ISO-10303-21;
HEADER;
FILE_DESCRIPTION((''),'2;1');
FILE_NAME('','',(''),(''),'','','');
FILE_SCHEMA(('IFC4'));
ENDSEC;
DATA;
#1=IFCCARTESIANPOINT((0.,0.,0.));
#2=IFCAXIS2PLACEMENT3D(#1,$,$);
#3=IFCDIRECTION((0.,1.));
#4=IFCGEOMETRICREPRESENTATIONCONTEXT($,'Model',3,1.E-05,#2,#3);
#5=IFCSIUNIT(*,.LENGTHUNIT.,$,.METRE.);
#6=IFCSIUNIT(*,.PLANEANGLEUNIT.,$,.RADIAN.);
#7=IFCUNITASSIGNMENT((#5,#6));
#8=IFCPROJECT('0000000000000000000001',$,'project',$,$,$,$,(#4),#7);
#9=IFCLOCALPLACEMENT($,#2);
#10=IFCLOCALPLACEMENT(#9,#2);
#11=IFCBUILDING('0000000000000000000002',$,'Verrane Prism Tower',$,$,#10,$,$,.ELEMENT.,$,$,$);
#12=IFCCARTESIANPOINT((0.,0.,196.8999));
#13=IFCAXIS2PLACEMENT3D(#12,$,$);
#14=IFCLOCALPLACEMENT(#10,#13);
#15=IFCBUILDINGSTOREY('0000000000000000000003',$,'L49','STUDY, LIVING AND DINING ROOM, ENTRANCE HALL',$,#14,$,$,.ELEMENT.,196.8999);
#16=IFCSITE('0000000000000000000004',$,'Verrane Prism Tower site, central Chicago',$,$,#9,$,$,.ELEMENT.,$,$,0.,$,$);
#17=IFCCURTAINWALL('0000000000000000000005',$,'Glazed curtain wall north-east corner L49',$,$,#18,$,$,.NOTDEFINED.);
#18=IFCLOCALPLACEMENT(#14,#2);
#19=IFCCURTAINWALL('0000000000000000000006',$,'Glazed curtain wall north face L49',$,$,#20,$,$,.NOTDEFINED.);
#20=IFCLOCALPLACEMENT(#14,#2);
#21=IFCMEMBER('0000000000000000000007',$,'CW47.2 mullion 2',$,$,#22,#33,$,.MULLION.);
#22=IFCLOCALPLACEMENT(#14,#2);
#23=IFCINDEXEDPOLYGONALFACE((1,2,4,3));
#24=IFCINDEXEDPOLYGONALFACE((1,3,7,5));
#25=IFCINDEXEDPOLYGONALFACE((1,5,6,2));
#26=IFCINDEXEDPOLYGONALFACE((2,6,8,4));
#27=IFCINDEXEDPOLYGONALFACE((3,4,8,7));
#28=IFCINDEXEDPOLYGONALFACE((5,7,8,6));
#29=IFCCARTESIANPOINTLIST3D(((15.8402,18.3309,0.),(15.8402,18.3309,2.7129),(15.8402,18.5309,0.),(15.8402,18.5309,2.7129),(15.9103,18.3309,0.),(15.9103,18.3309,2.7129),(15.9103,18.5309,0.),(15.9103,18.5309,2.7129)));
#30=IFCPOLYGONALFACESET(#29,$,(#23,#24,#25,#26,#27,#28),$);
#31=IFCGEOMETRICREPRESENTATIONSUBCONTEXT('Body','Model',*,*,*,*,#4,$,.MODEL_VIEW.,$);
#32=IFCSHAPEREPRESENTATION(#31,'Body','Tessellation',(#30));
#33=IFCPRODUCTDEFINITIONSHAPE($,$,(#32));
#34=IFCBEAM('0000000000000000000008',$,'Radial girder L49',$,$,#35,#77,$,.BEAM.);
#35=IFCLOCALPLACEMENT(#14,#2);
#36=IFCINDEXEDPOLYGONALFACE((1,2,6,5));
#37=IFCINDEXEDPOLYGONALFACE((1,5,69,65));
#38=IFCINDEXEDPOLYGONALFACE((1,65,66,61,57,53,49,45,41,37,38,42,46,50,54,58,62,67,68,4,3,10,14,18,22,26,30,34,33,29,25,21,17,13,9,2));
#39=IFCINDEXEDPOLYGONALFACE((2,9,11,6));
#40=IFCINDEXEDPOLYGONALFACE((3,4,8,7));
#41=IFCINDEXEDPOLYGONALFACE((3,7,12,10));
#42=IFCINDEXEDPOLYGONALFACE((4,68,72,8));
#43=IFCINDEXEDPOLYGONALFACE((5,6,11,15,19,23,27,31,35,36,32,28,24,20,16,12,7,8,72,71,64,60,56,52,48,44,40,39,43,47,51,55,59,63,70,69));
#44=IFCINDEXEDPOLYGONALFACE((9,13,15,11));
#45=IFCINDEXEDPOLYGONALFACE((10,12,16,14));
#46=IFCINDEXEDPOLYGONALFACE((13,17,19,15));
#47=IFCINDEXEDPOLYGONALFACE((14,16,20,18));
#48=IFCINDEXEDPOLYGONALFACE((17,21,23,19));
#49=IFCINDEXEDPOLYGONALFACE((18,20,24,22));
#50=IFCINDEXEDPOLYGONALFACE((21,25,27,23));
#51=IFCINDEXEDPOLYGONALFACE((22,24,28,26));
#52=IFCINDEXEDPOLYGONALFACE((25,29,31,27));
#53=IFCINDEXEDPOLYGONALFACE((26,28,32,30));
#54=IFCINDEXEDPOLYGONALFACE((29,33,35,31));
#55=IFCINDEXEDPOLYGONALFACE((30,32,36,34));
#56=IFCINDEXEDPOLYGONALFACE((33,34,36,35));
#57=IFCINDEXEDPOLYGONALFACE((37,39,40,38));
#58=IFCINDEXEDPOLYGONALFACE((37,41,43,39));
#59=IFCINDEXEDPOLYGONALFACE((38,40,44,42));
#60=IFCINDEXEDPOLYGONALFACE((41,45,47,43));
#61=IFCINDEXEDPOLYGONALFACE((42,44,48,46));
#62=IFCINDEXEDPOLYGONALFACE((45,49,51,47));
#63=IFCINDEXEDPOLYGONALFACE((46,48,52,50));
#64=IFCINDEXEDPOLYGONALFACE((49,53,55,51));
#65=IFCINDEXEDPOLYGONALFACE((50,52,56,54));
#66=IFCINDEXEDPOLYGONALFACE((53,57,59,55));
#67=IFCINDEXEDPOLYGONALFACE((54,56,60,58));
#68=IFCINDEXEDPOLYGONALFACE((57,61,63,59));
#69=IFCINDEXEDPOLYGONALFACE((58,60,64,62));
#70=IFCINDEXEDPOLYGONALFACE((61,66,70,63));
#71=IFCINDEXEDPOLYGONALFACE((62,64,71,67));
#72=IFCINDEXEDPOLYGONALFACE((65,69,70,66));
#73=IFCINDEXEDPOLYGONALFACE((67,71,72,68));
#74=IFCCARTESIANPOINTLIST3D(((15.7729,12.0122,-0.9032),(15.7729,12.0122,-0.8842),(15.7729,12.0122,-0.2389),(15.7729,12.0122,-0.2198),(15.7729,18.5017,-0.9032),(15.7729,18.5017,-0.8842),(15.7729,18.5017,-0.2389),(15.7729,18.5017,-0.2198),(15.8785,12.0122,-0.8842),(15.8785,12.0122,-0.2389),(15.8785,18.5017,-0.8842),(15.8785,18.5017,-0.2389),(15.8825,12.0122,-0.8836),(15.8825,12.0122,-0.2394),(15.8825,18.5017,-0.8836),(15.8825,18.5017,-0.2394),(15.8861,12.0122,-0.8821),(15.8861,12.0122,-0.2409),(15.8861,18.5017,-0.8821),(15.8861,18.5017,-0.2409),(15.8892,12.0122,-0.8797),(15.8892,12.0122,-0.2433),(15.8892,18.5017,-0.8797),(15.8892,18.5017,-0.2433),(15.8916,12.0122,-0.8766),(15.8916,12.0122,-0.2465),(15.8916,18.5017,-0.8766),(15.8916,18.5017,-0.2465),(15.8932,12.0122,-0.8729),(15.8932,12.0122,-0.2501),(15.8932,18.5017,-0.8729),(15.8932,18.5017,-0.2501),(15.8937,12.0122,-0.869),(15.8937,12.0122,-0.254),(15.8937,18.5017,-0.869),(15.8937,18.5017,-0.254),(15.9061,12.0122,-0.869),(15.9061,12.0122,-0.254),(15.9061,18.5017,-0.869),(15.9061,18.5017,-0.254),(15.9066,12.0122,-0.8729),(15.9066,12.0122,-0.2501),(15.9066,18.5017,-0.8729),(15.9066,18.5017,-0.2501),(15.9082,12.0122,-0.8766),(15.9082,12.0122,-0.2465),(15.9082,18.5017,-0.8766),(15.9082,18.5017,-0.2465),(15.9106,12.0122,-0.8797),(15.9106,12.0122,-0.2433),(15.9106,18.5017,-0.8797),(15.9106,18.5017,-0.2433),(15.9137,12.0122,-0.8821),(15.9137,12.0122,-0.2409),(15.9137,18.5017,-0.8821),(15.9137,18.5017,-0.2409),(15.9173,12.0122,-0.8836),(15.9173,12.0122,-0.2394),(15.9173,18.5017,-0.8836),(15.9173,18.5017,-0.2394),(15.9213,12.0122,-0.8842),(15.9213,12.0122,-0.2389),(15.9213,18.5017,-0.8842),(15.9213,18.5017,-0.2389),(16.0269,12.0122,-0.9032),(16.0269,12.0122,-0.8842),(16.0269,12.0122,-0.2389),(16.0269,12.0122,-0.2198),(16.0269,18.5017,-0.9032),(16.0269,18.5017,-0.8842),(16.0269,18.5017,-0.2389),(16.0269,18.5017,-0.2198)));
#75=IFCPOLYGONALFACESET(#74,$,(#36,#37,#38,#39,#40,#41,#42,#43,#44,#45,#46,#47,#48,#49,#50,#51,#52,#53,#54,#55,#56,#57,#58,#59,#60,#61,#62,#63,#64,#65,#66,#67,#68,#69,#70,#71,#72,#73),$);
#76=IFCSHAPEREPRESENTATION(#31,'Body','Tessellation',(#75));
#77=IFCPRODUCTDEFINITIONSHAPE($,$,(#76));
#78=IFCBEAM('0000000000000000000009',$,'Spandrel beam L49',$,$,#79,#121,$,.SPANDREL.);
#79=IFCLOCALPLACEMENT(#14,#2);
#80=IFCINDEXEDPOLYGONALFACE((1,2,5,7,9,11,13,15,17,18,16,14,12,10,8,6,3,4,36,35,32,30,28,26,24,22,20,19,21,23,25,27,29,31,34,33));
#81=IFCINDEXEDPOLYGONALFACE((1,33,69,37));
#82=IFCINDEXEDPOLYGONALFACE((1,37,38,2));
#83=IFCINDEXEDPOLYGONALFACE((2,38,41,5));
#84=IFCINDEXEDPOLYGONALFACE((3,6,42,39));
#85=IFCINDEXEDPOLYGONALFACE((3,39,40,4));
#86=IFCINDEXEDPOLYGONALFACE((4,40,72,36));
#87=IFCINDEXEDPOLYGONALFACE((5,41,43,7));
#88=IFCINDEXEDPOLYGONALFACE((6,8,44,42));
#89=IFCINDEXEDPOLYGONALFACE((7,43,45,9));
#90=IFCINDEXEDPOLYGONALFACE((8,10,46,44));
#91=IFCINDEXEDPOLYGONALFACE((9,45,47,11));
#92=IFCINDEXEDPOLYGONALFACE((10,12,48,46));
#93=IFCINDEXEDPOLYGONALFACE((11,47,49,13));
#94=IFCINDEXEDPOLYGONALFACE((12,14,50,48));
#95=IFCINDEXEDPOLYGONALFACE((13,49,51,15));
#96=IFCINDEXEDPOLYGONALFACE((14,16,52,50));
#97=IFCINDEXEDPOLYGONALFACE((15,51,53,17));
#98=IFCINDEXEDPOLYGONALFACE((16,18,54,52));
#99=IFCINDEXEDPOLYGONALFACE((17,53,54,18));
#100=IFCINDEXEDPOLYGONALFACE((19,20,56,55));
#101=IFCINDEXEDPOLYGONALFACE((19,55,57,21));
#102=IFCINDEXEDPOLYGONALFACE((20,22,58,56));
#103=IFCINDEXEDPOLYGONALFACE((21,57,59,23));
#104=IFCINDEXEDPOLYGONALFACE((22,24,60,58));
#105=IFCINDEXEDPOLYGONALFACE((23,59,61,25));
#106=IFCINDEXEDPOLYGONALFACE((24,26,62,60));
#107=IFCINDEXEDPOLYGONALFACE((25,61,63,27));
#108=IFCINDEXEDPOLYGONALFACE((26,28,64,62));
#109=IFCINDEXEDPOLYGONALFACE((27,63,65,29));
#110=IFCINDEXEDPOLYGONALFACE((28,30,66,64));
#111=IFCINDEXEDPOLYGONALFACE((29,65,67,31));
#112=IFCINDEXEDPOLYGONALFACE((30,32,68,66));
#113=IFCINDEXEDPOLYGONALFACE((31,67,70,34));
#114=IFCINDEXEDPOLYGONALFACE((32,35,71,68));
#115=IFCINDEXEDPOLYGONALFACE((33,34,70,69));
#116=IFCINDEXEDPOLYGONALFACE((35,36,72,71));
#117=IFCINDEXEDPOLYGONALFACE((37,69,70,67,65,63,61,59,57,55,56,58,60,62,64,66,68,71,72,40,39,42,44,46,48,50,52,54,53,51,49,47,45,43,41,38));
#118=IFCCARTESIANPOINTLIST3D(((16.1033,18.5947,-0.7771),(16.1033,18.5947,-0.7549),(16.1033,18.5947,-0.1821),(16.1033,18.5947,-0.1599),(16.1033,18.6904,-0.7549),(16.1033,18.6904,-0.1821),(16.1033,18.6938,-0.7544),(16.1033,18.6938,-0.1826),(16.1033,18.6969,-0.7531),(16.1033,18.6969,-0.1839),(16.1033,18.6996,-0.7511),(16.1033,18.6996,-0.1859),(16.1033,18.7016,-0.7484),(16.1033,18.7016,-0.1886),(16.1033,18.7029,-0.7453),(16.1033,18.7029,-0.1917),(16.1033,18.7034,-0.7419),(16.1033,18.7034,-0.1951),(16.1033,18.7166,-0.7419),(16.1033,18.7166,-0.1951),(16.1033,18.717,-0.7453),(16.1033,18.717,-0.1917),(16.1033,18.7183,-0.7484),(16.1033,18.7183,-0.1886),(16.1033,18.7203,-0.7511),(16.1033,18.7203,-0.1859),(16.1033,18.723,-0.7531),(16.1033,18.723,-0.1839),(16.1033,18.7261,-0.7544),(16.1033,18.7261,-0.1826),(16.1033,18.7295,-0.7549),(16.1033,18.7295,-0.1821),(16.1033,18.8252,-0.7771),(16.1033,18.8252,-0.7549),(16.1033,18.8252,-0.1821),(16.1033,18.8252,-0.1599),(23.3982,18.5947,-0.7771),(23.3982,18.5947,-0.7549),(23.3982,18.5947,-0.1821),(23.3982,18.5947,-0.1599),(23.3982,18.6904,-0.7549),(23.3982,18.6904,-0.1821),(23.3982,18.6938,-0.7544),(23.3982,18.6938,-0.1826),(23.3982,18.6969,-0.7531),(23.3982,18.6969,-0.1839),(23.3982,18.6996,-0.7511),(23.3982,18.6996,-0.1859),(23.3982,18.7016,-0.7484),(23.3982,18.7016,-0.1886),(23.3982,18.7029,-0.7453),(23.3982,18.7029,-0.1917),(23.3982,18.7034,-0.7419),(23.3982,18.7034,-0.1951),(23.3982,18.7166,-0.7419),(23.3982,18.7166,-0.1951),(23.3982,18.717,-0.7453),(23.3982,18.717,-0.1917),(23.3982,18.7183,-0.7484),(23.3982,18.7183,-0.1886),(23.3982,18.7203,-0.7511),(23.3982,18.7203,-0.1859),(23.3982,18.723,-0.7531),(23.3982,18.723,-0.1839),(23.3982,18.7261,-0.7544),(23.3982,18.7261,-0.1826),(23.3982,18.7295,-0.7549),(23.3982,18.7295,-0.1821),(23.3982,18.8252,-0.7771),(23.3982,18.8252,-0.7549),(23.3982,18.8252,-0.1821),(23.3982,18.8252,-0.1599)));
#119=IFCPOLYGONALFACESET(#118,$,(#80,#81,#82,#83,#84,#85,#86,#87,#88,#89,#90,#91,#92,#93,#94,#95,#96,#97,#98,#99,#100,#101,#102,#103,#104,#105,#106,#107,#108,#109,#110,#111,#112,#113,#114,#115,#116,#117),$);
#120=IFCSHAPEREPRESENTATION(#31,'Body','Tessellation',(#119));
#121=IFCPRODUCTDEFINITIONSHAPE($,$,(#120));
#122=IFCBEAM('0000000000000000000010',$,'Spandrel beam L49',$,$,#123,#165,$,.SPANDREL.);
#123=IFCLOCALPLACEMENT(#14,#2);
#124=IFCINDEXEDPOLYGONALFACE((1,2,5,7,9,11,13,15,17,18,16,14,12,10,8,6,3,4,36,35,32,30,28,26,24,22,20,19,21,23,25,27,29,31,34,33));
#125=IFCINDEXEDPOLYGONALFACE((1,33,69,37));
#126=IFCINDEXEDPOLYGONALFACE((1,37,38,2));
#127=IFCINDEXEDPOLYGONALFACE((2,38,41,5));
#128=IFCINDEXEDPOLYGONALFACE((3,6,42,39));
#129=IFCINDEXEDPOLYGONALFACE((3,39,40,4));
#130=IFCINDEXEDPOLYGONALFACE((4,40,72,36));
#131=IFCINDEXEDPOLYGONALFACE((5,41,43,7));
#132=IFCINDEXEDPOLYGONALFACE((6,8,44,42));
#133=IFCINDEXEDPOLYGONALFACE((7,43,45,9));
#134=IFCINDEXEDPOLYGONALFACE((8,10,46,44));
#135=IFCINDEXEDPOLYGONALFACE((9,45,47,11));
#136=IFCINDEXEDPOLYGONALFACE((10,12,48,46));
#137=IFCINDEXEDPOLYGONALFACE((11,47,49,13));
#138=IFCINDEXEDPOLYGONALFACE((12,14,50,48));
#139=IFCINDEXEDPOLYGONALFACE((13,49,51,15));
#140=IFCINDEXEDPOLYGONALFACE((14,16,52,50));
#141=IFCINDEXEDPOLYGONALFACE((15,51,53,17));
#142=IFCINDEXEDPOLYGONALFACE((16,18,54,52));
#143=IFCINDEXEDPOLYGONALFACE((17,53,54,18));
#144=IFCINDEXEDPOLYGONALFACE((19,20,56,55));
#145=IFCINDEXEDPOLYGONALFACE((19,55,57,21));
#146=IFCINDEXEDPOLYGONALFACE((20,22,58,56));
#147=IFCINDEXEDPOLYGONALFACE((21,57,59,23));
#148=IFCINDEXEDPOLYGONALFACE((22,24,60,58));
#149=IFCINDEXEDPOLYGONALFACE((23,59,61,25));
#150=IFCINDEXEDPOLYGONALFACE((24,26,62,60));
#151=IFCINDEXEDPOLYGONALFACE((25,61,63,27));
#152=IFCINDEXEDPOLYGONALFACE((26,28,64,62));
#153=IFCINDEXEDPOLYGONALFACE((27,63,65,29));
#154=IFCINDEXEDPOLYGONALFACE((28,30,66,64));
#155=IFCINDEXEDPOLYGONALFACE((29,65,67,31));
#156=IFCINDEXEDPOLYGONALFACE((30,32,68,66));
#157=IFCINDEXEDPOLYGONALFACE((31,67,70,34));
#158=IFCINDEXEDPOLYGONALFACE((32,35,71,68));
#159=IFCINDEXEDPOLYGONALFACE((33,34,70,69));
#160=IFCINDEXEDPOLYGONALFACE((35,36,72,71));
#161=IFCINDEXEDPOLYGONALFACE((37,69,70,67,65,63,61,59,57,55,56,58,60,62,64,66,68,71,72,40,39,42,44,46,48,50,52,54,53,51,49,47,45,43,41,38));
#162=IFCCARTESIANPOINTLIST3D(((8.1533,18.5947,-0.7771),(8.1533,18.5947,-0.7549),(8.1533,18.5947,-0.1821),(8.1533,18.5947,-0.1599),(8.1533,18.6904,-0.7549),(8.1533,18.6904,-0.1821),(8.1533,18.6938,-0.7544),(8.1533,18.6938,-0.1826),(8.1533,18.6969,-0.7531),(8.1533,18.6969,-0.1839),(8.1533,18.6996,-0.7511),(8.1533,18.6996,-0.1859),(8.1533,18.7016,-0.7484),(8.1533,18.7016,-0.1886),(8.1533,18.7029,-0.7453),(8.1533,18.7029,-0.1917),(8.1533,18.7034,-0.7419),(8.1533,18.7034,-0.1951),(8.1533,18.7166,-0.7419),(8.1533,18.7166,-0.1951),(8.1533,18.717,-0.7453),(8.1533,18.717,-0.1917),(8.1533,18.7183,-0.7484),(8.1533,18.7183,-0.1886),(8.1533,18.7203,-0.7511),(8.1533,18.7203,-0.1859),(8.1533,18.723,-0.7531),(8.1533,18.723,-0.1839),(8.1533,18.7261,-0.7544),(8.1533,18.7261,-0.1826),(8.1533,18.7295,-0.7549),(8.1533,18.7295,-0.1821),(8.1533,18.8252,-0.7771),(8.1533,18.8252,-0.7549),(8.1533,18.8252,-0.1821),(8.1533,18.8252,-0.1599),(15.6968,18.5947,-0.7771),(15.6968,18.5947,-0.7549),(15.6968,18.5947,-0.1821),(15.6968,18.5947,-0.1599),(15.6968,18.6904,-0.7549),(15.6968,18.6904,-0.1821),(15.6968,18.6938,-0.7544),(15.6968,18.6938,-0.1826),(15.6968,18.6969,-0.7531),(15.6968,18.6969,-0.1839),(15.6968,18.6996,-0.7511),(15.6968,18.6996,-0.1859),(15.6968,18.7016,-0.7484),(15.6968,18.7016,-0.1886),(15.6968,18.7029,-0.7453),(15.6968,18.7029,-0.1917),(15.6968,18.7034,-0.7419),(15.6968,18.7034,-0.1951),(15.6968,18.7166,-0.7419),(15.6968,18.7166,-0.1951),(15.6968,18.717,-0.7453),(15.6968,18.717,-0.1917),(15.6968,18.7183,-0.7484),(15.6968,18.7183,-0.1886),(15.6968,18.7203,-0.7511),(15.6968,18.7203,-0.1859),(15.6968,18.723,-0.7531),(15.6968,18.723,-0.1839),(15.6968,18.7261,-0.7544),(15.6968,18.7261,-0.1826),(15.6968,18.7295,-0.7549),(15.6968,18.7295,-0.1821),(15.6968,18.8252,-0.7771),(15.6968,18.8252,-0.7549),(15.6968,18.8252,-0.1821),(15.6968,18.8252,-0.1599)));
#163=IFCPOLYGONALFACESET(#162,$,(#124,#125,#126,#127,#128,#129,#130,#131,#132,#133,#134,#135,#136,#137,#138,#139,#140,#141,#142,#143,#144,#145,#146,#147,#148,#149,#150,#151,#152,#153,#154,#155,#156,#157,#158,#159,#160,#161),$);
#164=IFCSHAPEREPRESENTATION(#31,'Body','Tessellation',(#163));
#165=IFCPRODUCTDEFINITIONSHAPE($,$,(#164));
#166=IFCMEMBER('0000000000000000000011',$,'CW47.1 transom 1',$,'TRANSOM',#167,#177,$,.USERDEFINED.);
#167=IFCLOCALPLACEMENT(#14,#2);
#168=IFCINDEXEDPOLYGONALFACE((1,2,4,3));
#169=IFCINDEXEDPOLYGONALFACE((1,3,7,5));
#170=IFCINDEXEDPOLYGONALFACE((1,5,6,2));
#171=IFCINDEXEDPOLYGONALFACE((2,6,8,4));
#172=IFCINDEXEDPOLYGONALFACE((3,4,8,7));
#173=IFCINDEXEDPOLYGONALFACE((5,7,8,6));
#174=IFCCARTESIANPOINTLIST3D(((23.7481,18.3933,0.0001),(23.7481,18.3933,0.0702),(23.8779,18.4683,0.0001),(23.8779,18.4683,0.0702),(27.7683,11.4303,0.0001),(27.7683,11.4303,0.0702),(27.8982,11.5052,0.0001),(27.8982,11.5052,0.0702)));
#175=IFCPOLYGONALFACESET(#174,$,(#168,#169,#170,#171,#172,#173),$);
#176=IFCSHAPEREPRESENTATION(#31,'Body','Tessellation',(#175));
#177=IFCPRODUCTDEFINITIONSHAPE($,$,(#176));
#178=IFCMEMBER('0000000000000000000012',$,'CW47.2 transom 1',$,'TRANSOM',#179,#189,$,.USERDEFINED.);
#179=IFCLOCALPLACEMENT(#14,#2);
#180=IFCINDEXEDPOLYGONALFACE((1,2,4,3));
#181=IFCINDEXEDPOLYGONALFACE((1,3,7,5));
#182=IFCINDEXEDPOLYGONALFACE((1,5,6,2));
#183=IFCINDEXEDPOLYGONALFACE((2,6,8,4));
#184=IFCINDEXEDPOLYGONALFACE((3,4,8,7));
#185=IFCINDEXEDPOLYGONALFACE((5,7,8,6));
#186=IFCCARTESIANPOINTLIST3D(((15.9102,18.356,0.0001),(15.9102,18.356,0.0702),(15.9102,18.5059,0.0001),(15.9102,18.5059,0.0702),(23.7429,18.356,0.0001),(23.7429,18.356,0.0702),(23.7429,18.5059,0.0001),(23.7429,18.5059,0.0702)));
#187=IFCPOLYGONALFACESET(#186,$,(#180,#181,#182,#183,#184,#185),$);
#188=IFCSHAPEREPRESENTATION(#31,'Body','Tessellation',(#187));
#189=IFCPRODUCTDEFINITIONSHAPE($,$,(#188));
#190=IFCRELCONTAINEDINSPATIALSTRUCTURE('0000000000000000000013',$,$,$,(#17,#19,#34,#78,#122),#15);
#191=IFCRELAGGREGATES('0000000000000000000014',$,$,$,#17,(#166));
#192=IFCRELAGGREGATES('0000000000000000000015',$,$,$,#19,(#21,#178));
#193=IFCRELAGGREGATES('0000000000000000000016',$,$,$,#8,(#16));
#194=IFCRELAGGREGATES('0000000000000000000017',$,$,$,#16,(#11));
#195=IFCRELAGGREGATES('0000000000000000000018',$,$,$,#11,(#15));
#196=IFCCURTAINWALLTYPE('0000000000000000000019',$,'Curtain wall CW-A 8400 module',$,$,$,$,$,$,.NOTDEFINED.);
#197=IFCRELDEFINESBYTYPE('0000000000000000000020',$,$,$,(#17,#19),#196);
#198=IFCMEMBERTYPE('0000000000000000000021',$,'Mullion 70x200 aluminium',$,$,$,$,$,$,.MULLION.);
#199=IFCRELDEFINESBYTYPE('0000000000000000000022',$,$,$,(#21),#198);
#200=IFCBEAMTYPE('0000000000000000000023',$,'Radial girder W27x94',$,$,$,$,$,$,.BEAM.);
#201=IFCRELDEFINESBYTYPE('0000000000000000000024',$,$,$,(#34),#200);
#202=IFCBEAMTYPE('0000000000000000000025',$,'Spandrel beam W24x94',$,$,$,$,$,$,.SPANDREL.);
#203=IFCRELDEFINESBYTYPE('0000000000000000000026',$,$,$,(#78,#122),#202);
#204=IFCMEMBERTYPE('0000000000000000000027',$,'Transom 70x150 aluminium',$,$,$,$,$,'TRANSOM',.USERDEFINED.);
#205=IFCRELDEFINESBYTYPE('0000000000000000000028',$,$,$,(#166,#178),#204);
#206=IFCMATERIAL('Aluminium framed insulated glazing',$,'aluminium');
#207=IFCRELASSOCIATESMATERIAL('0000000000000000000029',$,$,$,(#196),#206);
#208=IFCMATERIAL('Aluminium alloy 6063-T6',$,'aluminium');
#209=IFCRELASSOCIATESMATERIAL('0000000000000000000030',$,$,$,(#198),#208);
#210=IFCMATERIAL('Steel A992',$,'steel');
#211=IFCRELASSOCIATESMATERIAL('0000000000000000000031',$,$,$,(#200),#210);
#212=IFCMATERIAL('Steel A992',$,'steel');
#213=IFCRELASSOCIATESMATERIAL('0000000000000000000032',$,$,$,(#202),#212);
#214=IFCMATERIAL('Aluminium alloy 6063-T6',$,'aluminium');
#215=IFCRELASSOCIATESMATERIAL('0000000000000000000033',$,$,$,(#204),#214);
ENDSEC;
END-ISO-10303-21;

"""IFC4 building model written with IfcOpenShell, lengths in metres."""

from ifc_helpers import new_model, si_unit, direction, frame, origin, origin_2d, place, context, subcontext, project, spatial, rectangle, i_section, extrude, material, material_profile, profile_set, type_object, element, aggregate, save


model = new_model("IFC4")

# Units and contexts
model_context = context("Model", 3, precision=1e-05, world=origin(), true_north=direction((0.0, 1.0)))
body_context = subcontext(model_context, "Body", "Model", "MODEL_VIEW")
ifc_project = project(units=[si_unit("LENGTHUNIT", "METRE"), si_unit("PLANEANGLEUNIT", "RADIAN")], contexts=[model_context])

# Site, building, storey
site_placement = place(None, origin())
site = spatial("IfcSite", under=ifc_project, at=site_placement, Name="Verrane Prism Tower site, central Chicago", CompositionType="ELEMENT", RefElevation=0.0)
building_placement = place(site_placement, origin())
building = spatial("IfcBuilding", under=site, at=building_placement, Name="Verrane Prism Tower", CompositionType="ELEMENT")
storey_placement = place(building_placement, frame((0.0, 0.0, 196.8999)))
storey = spatial("IfcBuildingStorey", under=building, at=storey_placement, Name="L49", Description="STUDY, LIVING AND DINING ROOM, ENTRANCE HALL", CompositionType="ELEMENT", Elevation=196.8999)

# Curtain wall
ifc_material_1 = material(Name="Aluminium framed insulated glazing", Category="aluminium")
curtain_wall_type = type_object("IfcCurtainWallType", Name="Curtain wall CW-A 8400 module", PredefinedType="NOTDEFINED", material=ifc_material_1)
curtain_wall_1_placement = place(storey_placement, origin())
curtain_wall_1 = element("IfcCurtainWall", 1, at=curtain_wall_1_placement, inside=storey, type_object=curtain_wall_type, Name="Glazed curtain wall north-east corner L49", PredefinedType="NOTDEFINED")
ifc_material_2 = material(Name="Aluminium alloy 6063-T6", Category="aluminium")
ifc_material_profile_1 = material_profile(ifc_material_2, rectangle(XDim=0.2, YDim=0.0701, at=origin_2d()), Name="Mullion 70x200 aluminium")
ifc_profile_set_1 = profile_set([ifc_material_profile_1], Name="Aluminium alloy 6063-T6")
member_type_1 = type_object("IfcMemberType", Name="Mullion 70x200 aluminium", PredefinedType="MULLION", material=ifc_profile_set_1)

# Curtain wall, member
curtain_wall_2_placement = place(storey_placement, origin())
curtain_wall_2 = element("IfcCurtainWall", 2, at=curtain_wall_2_placement, inside=storey, type_object=curtain_wall_type, Name="Glazed curtain wall north face L49", PredefinedType="NOTDEFINED")
member_1_placement = place(storey_placement, frame((15.8752, 18.4309, 0.0), z_axis=(0.0, 0.0, 1.0), x_axis=(0.0, -1.0, 0.0)))
member_1 = element("IfcMember", 3, at=member_1_placement, type_object=member_type_1, Name="CW47.2 mullion 2", PredefinedType="MULLION", context=body_context, shape_type="SweptSolid", body=[
    extrude(rectangle(XDim=0.2, YDim=0.0701, at=origin_2d()), origin(), (0.0, 0.0, 1.0), 2.7129),
])

# Beams
ifc_material_3 = material(Name="Steel A992", Category="steel")
ifc_material_profile_2 = material_profile(ifc_material_3, i_section(OverallWidth=0.2539, OverallDepth=0.6833, WebThickness=0.0125, FlangeThickness=0.019, FilletRadius=0.0151, at=origin_2d()), Name="W27x94")
ifc_profile_set_2 = profile_set([ifc_material_profile_2], Name="Steel A992")
beam_type_1 = type_object("IfcBeamType", Name="Radial girder W27x94", PredefinedType="BEAM", material=ifc_profile_set_2)
beam_1_placement = place(storey_placement, frame((15.8999, 18.5017, -0.5615), z_axis=(0.0, -1.0, 0.0), x_axis=(1.0, 0.0, 0.0)))
element("IfcBeam", 4, at=beam_1_placement, inside=storey, type_object=beam_type_1, Name="Radial girder L49", PredefinedType="BEAM", context=body_context, shape_type="SweptSolid", body=[
    extrude(i_section(OverallWidth=0.2539, OverallDepth=0.6833, WebThickness=0.0125, FlangeThickness=0.019, FilletRadius=0.0151, at=origin_2d()), origin(), (0.0, 0.0, 1.0), 6.4895),
])
ifc_material_4 = material(Name="Steel A992", Category="steel")
ifc_material_profile_3 = material_profile(ifc_material_4, i_section(OverallWidth=0.2305, OverallDepth=0.6172, WebThickness=0.0132, FlangeThickness=0.0222, FilletRadius=0.0129, at=origin_2d()), Name="W24x94")
ifc_profile_set_3 = profile_set([ifc_material_profile_3], Name="Steel A992")
beam_type_2 = type_object("IfcBeamType", Name="Spandrel beam W24x94", PredefinedType="SPANDREL", material=ifc_profile_set_3)
beam_2_placement = place(storey_placement, frame((23.3982, 18.71, -0.4685), z_axis=(-1.0, 0.0, 0.0), x_axis=(0.0, -1.0, 0.0)))
element("IfcBeam", 5, at=beam_2_placement, inside=storey, type_object=beam_type_2, Name="Spandrel beam L49", PredefinedType="SPANDREL", context=body_context, shape_type="SweptSolid", body=[
    extrude(i_section(OverallWidth=0.2305, OverallDepth=0.6172, WebThickness=0.0132, FlangeThickness=0.0222, FilletRadius=0.0129, at=origin_2d()), origin(), (0.0, 0.0, 1.0), 7.2949),
])
beam_3_placement = place(storey_placement, frame((15.6968, 18.71, -0.4685), z_axis=(-1.0, 0.0, 0.0), x_axis=(0.0, -1.0, 0.0)))
element("IfcBeam", 6, at=beam_3_placement, inside=storey, type_object=beam_type_2, Name="Spandrel beam L49", PredefinedType="SPANDREL", context=body_context, shape_type="SweptSolid", body=[
    extrude(i_section(OverallWidth=0.2305, OverallDepth=0.6172, WebThickness=0.0132, FlangeThickness=0.0222, FilletRadius=0.0129, at=origin_2d()), origin(), (0.0, 0.0, 1.0), 7.5435),
])

# Members
ifc_material_5 = material(Name="Aluminium alloy 6063-T6", Category="aluminium")
ifc_material_profile_4 = material_profile(ifc_material_5, rectangle(XDim=0.1499, YDim=0.0701, at=origin_2d()), Name="Transom 70x150 aluminium")
ifc_profile_set_4 = profile_set([ifc_material_profile_4], Name="Aluminium alloy 6063-T6")
member_type_2 = type_object("IfcMemberType", Name="Transom 70x150 aluminium", ElementType="TRANSOM", PredefinedType="USERDEFINED", material=ifc_profile_set_4)
member_2_placement = place(storey_placement, frame((27.8333, 11.4678, 0.0352), z_axis=(-0.500009, 0.86602, 0.0), x_axis=(-0.86602, -0.500009, 0.0)))
member_2 = element("IfcMember", 7, at=member_2_placement, type_object=member_type_2, Name="CW47.1 transom 1", ObjectType="TRANSOM", PredefinedType="USERDEFINED", context=body_context, shape_type="SweptSolid", body=[
    extrude(rectangle(XDim=0.1499, YDim=0.0701, at=origin_2d()), origin(), (0.0, 0.0, 1.0), 8.0403),
])
member_3_placement = place(storey_placement, frame((23.7429, 18.4309, 0.0352), z_axis=(-1.0, 0.0, 0.0), x_axis=(0.0, -1.0, 0.0)))
member_3 = element("IfcMember", 8, at=member_3_placement, type_object=member_type_2, Name="CW47.2 transom 1", ObjectType="TRANSOM", PredefinedType="USERDEFINED", context=body_context, shape_type="SweptSolid", body=[
    extrude(rectangle(XDim=0.1499, YDim=0.0701, at=origin_2d()), origin(), (0.0, 0.0, 1.0), 7.8328),
])

aggregate(curtain_wall_1, [member_2])
aggregate(curtain_wall_2, [member_1, member_3])

save(model, "model.ifc")
